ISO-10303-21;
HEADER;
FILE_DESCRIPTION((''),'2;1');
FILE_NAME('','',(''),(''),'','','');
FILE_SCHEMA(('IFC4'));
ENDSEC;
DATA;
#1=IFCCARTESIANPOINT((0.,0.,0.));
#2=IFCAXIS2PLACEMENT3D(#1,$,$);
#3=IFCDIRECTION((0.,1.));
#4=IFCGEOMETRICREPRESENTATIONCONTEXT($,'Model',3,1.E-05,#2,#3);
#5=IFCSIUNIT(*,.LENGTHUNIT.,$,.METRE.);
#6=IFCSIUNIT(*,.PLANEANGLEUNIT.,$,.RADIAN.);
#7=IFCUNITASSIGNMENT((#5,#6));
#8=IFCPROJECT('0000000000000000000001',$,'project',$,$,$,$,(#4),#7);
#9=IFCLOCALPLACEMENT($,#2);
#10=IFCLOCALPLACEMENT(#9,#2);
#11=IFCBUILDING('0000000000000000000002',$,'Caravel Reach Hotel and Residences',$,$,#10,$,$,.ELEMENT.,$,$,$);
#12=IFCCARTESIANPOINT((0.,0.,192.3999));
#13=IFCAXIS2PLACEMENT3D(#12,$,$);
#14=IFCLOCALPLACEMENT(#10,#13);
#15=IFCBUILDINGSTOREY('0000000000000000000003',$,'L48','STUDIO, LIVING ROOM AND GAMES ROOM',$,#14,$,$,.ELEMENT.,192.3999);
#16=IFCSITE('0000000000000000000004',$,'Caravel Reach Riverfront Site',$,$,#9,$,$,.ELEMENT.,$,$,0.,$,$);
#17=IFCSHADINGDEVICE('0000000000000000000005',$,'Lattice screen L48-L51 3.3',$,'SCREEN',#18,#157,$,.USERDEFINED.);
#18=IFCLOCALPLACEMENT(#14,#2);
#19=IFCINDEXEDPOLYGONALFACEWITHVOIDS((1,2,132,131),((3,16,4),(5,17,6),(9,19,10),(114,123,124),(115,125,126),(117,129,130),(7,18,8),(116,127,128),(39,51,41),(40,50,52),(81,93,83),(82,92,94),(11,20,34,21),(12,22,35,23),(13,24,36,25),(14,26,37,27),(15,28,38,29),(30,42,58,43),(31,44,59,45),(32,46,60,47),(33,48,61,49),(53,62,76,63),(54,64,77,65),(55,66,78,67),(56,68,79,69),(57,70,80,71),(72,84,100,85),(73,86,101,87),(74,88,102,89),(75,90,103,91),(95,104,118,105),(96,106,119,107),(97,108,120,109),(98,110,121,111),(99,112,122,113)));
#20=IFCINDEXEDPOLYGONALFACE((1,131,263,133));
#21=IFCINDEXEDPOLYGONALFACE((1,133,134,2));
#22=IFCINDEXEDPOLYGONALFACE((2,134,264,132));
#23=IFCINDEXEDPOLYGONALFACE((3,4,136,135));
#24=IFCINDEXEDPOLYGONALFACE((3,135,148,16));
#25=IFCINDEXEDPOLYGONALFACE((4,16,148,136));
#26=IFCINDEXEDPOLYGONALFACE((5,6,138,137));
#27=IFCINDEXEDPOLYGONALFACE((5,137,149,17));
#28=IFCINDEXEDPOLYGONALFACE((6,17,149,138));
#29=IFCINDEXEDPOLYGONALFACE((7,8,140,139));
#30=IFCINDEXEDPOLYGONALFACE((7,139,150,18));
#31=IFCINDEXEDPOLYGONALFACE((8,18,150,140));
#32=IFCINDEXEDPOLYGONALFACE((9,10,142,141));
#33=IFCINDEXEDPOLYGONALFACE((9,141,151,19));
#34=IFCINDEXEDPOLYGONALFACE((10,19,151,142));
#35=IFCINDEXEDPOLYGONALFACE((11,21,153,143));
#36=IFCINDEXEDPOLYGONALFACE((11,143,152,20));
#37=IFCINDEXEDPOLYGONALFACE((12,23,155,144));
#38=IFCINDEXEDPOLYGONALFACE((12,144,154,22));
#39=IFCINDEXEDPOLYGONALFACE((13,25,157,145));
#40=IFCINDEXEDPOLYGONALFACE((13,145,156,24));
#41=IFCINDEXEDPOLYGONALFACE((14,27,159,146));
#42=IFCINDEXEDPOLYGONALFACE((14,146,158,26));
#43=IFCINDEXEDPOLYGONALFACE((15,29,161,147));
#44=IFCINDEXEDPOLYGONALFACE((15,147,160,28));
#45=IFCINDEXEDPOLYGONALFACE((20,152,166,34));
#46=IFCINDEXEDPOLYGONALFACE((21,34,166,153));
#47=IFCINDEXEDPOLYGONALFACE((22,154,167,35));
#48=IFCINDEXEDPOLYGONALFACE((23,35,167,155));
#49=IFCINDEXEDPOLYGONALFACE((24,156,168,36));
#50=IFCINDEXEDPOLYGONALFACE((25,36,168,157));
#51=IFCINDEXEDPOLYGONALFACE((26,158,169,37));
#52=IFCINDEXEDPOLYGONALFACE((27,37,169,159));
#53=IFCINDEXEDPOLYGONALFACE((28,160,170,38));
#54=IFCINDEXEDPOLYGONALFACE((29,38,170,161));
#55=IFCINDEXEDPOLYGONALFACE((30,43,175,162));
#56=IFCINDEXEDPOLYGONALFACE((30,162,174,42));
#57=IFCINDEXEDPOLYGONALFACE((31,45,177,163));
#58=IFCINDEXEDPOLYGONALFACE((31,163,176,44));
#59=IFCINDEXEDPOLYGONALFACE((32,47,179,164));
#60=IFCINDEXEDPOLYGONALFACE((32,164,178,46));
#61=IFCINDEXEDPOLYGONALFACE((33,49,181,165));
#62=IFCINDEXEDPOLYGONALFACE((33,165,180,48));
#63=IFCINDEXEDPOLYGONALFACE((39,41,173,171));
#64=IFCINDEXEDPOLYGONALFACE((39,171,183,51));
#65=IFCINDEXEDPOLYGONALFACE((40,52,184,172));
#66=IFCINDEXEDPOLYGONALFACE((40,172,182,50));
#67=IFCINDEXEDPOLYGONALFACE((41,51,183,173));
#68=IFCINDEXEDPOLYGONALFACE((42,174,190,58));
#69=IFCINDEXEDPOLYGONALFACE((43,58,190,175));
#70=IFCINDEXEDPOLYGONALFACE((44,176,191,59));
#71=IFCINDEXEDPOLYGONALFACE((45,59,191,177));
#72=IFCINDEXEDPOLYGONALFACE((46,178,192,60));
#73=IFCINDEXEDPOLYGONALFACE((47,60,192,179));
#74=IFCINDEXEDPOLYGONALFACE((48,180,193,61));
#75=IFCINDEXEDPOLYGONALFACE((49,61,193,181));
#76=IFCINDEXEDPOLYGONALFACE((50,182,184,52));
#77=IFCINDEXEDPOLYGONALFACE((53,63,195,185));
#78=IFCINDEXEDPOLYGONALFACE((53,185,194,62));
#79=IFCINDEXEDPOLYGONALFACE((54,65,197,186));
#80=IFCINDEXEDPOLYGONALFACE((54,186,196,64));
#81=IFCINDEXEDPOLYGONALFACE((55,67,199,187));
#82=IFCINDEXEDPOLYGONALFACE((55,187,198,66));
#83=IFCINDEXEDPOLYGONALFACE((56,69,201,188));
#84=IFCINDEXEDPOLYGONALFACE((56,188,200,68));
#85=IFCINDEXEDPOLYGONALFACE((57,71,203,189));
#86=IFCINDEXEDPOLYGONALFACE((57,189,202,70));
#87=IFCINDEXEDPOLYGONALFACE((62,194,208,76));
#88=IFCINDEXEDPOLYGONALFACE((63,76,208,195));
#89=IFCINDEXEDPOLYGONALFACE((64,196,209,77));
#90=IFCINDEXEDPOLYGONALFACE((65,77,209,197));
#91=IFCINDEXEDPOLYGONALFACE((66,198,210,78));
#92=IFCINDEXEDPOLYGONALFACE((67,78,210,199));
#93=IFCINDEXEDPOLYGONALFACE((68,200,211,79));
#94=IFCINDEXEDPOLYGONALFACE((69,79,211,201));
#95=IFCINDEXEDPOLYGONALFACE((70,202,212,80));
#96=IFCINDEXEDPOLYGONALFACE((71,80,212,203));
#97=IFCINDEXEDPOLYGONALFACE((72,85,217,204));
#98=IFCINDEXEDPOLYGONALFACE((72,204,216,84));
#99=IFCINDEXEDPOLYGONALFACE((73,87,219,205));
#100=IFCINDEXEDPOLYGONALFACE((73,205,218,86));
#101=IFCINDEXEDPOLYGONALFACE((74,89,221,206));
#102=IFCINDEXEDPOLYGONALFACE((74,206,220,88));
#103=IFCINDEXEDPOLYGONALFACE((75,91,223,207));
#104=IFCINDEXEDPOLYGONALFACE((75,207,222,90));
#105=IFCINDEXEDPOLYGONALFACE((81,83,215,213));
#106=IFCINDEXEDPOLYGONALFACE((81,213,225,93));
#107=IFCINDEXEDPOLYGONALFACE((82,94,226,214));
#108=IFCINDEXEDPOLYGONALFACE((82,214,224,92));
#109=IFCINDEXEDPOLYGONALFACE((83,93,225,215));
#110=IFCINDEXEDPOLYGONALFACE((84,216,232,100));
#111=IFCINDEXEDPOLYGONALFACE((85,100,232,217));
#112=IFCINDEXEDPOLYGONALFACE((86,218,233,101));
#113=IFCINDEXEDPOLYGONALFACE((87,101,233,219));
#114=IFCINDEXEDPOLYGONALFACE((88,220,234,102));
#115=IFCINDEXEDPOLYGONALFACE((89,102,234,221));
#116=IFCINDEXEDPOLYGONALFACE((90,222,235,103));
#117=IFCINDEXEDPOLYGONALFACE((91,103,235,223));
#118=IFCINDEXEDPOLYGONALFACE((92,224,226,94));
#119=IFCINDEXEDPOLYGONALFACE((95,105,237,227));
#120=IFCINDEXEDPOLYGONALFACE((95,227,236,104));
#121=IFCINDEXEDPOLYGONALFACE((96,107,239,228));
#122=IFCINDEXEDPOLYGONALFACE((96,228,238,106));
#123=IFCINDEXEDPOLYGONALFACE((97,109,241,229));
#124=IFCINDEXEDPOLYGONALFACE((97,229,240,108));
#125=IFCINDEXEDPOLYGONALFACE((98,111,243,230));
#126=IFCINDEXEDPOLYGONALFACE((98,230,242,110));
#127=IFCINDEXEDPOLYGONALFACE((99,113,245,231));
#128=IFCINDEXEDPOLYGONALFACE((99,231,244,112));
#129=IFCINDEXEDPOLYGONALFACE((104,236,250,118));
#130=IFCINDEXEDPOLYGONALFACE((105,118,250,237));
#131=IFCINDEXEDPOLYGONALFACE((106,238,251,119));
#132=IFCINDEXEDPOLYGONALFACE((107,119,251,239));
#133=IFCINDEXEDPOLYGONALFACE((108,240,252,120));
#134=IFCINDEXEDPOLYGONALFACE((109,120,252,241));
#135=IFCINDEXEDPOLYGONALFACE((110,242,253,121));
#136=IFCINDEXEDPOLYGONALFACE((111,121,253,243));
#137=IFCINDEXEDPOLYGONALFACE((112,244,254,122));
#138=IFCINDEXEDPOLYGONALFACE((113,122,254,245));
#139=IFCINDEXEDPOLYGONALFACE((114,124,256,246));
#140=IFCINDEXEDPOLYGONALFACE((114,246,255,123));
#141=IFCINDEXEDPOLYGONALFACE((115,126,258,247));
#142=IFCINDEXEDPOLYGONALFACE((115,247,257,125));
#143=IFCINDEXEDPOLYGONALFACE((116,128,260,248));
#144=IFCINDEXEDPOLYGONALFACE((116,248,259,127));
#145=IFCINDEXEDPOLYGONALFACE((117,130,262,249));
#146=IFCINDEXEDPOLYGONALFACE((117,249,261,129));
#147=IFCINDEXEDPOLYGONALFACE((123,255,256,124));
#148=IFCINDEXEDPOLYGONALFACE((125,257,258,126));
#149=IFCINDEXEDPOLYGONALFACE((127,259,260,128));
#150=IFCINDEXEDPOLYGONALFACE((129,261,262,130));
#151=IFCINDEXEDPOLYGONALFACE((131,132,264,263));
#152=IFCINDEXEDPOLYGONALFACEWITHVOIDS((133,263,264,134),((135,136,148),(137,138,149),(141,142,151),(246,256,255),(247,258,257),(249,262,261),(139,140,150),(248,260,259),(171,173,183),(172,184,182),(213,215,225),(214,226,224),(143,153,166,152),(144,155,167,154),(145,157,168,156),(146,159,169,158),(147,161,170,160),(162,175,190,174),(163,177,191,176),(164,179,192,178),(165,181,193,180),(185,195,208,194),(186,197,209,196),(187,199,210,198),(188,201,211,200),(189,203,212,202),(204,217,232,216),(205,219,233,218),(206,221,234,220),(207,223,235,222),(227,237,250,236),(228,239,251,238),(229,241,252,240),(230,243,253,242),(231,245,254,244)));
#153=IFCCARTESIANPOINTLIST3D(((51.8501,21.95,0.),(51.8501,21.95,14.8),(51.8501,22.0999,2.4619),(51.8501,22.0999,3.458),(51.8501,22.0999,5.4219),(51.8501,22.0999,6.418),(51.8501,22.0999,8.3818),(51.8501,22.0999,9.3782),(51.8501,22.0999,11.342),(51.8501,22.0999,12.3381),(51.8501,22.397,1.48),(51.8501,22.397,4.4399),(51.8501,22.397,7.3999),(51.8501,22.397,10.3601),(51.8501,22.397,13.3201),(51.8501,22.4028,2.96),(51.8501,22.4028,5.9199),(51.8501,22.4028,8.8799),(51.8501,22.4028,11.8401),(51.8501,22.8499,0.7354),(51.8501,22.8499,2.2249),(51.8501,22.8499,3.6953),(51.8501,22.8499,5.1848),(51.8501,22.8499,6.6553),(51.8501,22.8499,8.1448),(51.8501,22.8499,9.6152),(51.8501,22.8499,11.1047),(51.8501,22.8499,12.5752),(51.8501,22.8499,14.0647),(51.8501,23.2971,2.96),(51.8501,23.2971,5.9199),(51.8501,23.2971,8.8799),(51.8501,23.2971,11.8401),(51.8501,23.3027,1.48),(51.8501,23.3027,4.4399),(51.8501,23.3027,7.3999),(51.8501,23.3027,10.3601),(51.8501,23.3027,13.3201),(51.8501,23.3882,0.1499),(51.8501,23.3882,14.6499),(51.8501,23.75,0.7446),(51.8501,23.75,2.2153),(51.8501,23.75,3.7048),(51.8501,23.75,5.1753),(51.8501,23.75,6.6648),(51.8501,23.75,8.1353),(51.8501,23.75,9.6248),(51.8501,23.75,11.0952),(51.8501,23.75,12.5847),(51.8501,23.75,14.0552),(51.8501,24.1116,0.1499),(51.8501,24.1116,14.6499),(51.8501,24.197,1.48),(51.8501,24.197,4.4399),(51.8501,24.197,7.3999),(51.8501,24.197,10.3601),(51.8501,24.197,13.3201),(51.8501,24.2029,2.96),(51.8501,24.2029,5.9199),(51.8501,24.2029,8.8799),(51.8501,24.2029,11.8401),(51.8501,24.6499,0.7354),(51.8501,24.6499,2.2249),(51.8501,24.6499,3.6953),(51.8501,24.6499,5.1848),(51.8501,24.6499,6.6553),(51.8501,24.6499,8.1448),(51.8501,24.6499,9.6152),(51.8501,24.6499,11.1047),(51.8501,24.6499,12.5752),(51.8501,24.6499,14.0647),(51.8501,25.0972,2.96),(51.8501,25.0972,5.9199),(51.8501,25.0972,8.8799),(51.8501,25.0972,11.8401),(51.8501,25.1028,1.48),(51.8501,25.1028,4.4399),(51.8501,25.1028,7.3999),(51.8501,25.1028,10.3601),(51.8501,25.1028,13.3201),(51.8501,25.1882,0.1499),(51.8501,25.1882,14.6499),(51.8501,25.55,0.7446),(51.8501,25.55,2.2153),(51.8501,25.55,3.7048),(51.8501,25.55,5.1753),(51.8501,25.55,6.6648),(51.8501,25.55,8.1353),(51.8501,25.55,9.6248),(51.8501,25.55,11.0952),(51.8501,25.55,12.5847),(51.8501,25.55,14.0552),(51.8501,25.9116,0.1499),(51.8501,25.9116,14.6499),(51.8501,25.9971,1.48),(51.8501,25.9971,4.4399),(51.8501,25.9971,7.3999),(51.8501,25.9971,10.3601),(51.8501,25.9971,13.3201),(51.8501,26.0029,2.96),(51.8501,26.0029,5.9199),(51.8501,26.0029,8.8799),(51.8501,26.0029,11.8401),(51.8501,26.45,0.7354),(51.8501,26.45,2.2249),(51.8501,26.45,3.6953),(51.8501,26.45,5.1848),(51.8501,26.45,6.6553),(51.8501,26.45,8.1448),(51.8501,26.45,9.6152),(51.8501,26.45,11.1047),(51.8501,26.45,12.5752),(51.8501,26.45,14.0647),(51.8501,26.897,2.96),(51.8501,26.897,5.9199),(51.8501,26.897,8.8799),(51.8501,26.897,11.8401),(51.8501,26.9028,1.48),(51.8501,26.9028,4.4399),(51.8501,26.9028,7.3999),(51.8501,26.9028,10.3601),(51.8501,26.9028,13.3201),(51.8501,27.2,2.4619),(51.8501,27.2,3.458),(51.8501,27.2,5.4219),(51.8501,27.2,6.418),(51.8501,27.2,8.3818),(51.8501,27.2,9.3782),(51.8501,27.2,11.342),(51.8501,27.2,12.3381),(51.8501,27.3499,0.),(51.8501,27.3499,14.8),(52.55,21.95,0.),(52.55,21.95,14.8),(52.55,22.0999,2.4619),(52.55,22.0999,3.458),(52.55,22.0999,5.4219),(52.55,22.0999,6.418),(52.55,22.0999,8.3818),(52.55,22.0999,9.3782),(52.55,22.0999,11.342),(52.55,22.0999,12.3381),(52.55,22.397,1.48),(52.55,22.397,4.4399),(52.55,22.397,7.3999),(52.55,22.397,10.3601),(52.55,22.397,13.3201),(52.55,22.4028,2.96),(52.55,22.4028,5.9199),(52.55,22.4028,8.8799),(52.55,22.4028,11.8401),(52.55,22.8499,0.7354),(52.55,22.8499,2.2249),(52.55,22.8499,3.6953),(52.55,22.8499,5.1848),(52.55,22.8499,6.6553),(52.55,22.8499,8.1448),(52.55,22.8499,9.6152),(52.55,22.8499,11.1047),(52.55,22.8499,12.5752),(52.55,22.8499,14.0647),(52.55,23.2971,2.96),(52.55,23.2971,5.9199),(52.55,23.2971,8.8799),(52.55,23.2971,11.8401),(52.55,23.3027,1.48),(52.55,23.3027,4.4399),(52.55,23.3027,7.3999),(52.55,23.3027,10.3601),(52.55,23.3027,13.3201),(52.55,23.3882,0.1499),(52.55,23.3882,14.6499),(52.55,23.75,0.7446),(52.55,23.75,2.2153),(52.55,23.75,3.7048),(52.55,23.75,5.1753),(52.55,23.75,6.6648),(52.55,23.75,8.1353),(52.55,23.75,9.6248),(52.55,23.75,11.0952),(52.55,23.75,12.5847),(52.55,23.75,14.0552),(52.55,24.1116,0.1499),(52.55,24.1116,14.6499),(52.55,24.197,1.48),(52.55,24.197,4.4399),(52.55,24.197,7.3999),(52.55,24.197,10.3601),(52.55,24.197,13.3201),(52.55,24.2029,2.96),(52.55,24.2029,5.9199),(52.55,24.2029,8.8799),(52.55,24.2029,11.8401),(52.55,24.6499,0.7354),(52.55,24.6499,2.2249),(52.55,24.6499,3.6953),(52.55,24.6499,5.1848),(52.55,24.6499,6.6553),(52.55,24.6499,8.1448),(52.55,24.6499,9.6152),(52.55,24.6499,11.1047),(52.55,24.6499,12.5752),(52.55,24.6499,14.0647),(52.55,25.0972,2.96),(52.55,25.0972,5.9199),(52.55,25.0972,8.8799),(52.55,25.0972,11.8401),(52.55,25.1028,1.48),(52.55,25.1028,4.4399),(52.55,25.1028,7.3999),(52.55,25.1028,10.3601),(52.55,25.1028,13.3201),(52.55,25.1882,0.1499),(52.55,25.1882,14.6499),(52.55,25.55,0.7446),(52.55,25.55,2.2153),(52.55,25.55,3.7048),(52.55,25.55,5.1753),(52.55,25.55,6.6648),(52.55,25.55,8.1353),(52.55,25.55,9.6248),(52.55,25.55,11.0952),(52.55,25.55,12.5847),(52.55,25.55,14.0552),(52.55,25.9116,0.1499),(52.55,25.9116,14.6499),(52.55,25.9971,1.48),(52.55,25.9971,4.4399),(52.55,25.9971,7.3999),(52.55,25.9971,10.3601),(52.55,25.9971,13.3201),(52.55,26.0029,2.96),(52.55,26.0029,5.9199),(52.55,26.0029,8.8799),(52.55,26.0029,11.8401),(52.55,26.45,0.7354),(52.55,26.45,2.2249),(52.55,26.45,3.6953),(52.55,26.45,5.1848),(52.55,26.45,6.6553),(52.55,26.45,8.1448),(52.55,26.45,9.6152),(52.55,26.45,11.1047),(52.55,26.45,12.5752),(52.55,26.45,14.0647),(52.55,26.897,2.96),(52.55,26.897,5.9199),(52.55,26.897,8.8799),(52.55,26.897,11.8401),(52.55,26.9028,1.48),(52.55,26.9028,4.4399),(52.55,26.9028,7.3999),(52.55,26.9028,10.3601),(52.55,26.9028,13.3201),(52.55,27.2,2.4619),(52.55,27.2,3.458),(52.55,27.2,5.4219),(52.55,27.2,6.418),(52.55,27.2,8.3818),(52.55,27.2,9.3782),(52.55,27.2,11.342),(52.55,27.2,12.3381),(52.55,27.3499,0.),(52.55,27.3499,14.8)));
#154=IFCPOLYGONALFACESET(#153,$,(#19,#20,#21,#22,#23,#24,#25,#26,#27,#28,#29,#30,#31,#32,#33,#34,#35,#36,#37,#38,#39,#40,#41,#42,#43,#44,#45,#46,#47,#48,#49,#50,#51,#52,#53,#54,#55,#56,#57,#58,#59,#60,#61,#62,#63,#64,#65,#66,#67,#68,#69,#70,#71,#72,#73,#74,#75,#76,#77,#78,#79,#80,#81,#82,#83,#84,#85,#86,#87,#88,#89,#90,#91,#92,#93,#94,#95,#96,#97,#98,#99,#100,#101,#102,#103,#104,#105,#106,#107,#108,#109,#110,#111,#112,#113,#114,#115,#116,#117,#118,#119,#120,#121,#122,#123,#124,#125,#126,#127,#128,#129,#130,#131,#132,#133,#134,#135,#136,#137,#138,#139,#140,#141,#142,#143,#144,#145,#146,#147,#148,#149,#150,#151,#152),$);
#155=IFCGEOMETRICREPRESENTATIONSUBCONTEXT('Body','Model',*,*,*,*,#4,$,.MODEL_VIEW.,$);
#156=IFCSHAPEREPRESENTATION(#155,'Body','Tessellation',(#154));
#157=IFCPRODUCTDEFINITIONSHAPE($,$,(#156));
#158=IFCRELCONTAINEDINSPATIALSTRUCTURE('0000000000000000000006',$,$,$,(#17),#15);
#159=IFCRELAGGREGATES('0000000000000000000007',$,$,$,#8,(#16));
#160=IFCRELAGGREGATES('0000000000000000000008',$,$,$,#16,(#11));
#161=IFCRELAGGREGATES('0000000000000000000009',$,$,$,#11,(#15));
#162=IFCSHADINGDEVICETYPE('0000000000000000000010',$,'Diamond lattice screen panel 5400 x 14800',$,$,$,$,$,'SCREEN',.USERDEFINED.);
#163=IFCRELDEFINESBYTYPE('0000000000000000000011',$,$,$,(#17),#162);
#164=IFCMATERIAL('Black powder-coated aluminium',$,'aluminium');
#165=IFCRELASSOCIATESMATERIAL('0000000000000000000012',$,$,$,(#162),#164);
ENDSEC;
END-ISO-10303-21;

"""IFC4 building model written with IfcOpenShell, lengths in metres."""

from ifc_helpers import new_model, si_unit, direction, frame, origin, place, context, subcontext, project, spatial, polyline, outline, extrude, material, type_object, element, save


model = new_model("IFC4")

# Units and contexts
model_context = context("Model", 3, precision=1e-05, world=origin(), true_north=direction((0.0, 1.0)))
body_context = subcontext(model_context, "Body", "Model", "MODEL_VIEW")
ifc_project = project(units=[si_unit("LENGTHUNIT", "METRE"), si_unit("PLANEANGLEUNIT", "RADIAN")], contexts=[model_context])

# Site, building, storey
site_placement = place(None, origin())
site = spatial("IfcSite", under=ifc_project, at=site_placement, Name="Caravel Reach Riverfront Site", CompositionType="ELEMENT", RefElevation=0.0)
building_placement = place(site_placement, origin())
building = spatial("IfcBuilding", under=site, at=building_placement, Name="Caravel Reach Hotel and Residences", CompositionType="ELEMENT")
storey_placement = place(building_placement, frame((0.0, 0.0, 192.3999)))
storey = spatial("IfcBuildingStorey", under=building, at=storey_placement, Name="L48", Description="STUDIO, LIVING ROOM AND GAMES ROOM", CompositionType="ELEMENT", Elevation=192.3999)

# Shading device
ifc_material_1 = material(Name="Black powder-coated aluminium", Category="aluminium")
shading_device_type = type_object("IfcShadingDeviceType", Name="Diamond lattice screen panel 5400 x 14800", ElementType="SCREEN", PredefinedType="USERDEFINED", material=ifc_material_1)
shading_device_1_placement = place(storey_placement, frame((51.8501, 21.95, 0.0), z_axis=(1.0, 0.0, 0.0), x_axis=(0.0, 1.0, 0.0)))
element("IfcShadingDevice", 1, at=shading_device_1_placement, inside=storey, type_object=shading_device_type, Name="Lattice screen L48-L51 3.3", ObjectType="SCREEN", PredefinedType="USERDEFINED", context=body_context, shape_type="SweptSolid", body=[
    extrude(outline(polyline([(0.0, 0.0), (5.3999, 0.0), (5.3999, 14.8), (0.0, 14.8), (0.0, 0.0)]), holes=[polyline([(0.4529, 2.96), (0.1499, 3.458), (0.1499, 2.4619), (0.4529, 2.96)]), polyline([(0.4529, 5.9199), (0.1499, 6.418), (0.1499, 5.4219), (0.4529, 5.9199)]), polyline([(0.4529, 8.8799), (0.1499, 9.3782), (0.1499, 8.3818), (0.4529, 8.8799)]), polyline([(0.4529, 11.8401), (0.1499, 12.3381), (0.1499, 11.342), (0.4529, 11.8401)]), polyline([(0.8999, 2.2249), (0.447, 1.48), (0.8999, 0.7354), (1.3528, 1.48), (0.8999, 2.2249)]), polyline([(0.8999, 5.1848), (0.447, 4.4399), (0.8999, 3.6953), (1.3528, 4.4399), (0.8999, 5.1848)]), polyline([(0.8999, 8.1448), (0.447, 7.3999), (0.8999, 6.6553), (1.3528, 7.3999), (0.8999, 8.1448)]), polyline([(0.8999, 11.1047), (0.447, 10.3601), (0.8999, 9.6152), (1.3528, 10.3601), (0.8999, 11.1047)]), polyline([(0.8999, 14.0647), (0.447, 13.3201), (0.8999, 12.5752), (1.3528, 13.3201), (0.8999, 14.0647)]), polyline([(1.8, 0.7446), (1.4382, 0.1499), (2.1616, 0.1499), (1.8, 0.7446)]), polyline([(1.8, 3.7048), (1.3472, 2.96), (1.8, 2.2153), (2.2529, 2.96), (1.8, 3.7048)]), polyline([(1.8, 6.6648), (1.3472, 5.9199), (1.8, 5.1753), (2.2529, 5.9199), (1.8, 6.6648)]), polyline([(1.8, 9.6248), (1.3472, 8.8799), (1.8, 8.1353), (2.2529, 8.8799), (1.8, 9.6248)]), polyline([(1.8, 12.5847), (1.3472, 11.8401), (1.8, 11.0952), (2.2529, 11.8401), (1.8, 12.5847)]), polyline([(1.8, 14.0552), (2.1616, 14.6499), (1.4382, 14.6499), (1.8, 14.0552)]), polyline([(2.7, 2.2249), (2.2471, 1.48), (2.7, 0.7354), (3.1528, 1.48), (2.7, 2.2249)]), polyline([(2.7, 5.1848), (2.2471, 4.4399), (2.7, 3.6953), (3.1528, 4.4399), (2.7, 5.1848)]), polyline([(2.7, 8.1448), (2.2471, 7.3999), (2.7, 6.6553), (3.1528, 7.3999), (2.7, 8.1448)]), polyline([(2.7, 11.1047), (2.2471, 10.3601), (2.7, 9.6152), (3.1528, 10.3601), (2.7, 11.1047)]), polyline([(2.7, 14.0647), (2.2471, 13.3201), (2.7, 12.5752), (3.1528, 13.3201), (2.7, 14.0647)]), polyline([(3.6001, 0.7446), (3.2383, 0.1499), (3.9617, 0.1499), (3.6001, 0.7446)]), polyline([(3.6001, 3.7048), (3.1472, 2.96), (3.6001, 2.2153), (4.053, 2.96), (3.6001, 3.7048)]), polyline([(3.6001, 6.6648), (3.1472, 5.9199), (3.6001, 5.1753), (4.053, 5.9199), (3.6001, 6.6648)]), polyline([(3.6001, 9.6248), (3.1472, 8.8799), (3.6001, 8.1353), (4.053, 8.8799), (3.6001, 9.6248)]), polyline([(3.6001, 12.5847), (3.1472, 11.8401), (3.6001, 11.0952), (4.053, 11.8401), (3.6001, 12.5847)]), polyline([(3.6001, 14.0552), (3.9617, 14.6499), (3.2383, 14.6499), (3.6001, 14.0552)]), polyline([(4.5, 2.2249), (4.0471, 1.48), (4.5, 0.7354), (4.9529, 1.48), (4.5, 2.2249)]), polyline([(4.5, 5.1848), (4.0471, 4.4399), (4.5, 3.6953), (4.9529, 4.4399), (4.5, 5.1848)]), polyline([(4.5, 8.1448), (4.0471, 7.3999), (4.5, 6.6553), (4.9529, 7.3999), (4.5, 8.1448)]), polyline([(4.5, 11.1047), (4.0471, 10.3601), (4.5, 9.6152), (4.9529, 10.3601), (4.5, 11.1047)]), polyline([(4.5, 14.0647), (4.0471, 13.3201), (4.5, 12.5752), (4.9529, 13.3201), (4.5, 14.0647)]), polyline([(4.947, 2.96), (5.25, 2.4619), (5.25, 3.458), (4.947, 2.96)]), polyline([(4.947, 5.9199), (5.25, 5.4219), (5.25, 6.418), (4.947, 5.9199)]), polyline([(4.947, 8.8799), (5.25, 8.3818), (5.25, 9.3782), (4.947, 8.8799)]), polyline([(4.947, 11.8401), (5.25, 11.342), (5.25, 12.3381), (4.947, 11.8401)])]), origin(), (0.0, 0.0, 1.0), 0.7),
])

save(model, "model.ifc")
